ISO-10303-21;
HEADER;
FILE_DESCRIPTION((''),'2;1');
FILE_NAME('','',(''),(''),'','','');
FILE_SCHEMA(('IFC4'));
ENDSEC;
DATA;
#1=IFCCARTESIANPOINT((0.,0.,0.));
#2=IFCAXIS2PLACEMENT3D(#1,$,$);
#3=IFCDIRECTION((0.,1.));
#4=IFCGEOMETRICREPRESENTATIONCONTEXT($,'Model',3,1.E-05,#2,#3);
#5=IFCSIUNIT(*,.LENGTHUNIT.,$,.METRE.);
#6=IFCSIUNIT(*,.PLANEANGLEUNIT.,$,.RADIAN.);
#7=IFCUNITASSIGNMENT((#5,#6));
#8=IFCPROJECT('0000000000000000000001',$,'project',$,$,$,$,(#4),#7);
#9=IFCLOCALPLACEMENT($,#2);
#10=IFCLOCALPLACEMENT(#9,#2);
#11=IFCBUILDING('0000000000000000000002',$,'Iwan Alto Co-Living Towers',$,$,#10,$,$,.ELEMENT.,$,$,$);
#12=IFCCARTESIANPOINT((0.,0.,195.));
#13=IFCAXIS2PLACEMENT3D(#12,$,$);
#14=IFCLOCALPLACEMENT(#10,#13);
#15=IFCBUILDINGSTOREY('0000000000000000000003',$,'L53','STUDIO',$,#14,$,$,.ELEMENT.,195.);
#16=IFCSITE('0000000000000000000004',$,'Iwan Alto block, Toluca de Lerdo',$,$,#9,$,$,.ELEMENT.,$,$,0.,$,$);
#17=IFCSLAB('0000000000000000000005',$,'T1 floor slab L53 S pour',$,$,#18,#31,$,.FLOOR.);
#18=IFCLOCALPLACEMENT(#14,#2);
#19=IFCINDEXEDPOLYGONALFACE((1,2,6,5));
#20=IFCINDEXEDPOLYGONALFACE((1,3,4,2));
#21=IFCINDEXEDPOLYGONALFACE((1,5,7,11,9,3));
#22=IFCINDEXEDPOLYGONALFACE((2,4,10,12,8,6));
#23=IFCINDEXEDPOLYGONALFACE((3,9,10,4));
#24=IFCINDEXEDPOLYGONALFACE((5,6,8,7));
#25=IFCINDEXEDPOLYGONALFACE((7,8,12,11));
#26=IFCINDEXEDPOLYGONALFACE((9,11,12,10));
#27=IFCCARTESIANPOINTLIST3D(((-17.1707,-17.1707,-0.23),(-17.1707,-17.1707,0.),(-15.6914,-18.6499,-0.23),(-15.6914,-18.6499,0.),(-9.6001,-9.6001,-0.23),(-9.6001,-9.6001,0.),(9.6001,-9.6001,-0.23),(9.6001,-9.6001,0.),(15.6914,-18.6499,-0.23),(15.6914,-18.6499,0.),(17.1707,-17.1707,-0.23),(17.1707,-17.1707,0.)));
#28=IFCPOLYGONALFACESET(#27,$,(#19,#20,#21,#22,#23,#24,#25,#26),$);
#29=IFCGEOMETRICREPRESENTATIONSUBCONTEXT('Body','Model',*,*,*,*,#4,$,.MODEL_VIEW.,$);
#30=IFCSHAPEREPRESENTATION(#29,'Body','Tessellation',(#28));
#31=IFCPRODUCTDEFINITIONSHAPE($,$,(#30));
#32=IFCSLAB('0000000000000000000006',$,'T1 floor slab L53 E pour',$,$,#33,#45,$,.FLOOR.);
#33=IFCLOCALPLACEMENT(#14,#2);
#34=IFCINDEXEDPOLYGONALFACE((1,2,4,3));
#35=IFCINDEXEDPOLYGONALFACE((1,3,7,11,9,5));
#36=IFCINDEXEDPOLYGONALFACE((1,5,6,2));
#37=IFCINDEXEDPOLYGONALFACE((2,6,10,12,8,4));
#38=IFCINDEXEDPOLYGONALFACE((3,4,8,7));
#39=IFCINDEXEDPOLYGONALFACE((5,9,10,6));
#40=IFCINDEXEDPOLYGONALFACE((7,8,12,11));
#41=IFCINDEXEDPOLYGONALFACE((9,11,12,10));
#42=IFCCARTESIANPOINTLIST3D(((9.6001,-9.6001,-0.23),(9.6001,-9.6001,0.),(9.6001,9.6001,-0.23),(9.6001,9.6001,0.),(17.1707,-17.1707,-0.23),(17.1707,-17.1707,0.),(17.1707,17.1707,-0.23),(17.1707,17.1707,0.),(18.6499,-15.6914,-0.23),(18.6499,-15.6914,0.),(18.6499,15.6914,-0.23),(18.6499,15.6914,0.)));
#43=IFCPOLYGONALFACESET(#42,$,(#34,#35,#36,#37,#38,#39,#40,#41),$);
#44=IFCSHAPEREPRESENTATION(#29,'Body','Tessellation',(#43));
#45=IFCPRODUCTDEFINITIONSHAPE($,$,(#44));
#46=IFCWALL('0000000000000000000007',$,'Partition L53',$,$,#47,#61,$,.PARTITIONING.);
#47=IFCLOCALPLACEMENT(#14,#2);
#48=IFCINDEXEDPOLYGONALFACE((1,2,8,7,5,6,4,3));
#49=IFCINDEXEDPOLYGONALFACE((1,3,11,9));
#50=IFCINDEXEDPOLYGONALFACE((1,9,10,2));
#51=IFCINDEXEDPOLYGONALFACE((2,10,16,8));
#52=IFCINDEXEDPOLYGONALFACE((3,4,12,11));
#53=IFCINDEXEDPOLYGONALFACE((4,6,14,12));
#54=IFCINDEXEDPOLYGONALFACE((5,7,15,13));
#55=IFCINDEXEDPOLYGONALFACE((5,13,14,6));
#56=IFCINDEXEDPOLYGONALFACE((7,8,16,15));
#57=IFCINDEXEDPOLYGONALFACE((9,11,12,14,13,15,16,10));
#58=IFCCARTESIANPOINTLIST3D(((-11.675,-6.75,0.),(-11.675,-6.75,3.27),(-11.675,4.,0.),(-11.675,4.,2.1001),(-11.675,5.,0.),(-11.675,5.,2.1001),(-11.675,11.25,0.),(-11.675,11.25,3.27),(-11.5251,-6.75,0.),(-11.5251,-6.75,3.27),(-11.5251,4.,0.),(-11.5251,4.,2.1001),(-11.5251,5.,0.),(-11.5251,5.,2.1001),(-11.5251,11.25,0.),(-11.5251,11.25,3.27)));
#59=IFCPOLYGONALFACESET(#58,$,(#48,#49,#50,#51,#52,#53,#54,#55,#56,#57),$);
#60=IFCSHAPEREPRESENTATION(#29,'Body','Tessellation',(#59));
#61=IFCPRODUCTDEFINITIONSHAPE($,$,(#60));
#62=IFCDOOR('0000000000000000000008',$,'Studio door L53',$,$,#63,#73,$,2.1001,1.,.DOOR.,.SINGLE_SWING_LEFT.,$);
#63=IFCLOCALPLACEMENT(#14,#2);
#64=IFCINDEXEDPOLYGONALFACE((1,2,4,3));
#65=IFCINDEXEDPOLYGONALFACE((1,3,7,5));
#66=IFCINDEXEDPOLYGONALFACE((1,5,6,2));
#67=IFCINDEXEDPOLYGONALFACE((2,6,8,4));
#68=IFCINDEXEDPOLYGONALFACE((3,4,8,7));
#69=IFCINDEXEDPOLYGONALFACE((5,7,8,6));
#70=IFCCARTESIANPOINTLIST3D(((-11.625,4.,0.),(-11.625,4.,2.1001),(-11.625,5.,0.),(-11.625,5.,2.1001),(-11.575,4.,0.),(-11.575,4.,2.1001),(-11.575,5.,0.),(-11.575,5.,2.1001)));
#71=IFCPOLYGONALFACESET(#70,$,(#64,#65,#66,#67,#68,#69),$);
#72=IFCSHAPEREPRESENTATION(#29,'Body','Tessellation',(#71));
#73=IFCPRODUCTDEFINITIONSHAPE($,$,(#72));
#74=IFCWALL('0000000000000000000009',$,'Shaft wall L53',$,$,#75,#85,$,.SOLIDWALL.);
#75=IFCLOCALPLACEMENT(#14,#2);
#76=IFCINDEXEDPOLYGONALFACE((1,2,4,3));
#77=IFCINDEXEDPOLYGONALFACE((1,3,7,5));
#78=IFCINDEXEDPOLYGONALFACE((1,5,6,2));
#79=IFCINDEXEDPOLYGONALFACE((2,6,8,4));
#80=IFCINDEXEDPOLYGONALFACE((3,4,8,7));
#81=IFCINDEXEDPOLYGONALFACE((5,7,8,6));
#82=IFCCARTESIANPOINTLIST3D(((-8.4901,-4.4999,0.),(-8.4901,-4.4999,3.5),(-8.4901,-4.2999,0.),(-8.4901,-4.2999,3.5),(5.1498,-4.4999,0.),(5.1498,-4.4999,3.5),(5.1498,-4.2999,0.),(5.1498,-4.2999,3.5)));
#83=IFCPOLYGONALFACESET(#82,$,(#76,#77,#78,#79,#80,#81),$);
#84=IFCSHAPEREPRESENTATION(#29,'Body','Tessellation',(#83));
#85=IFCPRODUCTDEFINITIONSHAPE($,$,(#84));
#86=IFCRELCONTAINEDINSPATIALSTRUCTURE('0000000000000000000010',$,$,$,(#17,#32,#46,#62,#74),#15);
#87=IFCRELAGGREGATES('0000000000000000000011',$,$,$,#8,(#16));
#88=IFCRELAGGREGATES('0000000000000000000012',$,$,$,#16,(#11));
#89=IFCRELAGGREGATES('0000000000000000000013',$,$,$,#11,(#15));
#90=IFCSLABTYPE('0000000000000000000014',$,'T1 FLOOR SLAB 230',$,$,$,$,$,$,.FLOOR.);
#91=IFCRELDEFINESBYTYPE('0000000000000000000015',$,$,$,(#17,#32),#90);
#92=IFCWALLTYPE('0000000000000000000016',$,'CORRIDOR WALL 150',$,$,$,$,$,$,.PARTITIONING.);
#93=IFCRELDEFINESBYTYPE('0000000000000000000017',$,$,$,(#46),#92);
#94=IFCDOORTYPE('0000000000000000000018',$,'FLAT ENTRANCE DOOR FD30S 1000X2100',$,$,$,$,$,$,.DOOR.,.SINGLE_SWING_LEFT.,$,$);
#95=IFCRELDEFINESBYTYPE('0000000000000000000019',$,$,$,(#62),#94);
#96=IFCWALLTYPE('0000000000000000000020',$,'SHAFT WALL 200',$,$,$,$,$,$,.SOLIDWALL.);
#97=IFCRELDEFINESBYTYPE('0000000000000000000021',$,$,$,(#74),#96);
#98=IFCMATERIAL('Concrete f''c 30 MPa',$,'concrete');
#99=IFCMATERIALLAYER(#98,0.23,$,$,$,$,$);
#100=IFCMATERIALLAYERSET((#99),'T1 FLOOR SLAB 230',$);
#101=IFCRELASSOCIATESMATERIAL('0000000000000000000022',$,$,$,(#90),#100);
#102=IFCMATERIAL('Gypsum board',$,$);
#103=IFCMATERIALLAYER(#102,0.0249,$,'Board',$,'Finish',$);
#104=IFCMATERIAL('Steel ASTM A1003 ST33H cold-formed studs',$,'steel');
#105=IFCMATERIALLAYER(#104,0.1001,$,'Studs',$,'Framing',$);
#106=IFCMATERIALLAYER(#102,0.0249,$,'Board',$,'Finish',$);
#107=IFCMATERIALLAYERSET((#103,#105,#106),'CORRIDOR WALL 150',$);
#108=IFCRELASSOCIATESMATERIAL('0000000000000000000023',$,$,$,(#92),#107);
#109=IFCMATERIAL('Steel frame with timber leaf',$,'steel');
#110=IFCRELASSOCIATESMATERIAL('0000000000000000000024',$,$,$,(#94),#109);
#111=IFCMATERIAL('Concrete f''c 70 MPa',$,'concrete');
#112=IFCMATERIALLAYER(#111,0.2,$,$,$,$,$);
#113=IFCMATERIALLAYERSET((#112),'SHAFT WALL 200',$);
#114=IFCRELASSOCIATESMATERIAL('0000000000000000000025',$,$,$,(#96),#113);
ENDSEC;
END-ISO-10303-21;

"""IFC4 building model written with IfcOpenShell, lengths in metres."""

from ifc_helpers import new_model, si_unit, direction, frame, frame_2d, origin, place, context, subcontext, project, spatial, polyline, rectangle, outline, extrude, material, layer, layer_set, type_object, element, fill, save


model = new_model("IFC4")

# Units and contexts
model_context = context("Model", 3, precision=1e-05, world=origin(), true_north=direction((0.0, 1.0)))
body_context = subcontext(model_context, "Body", "Model", "MODEL_VIEW")
ifc_project = project(units=[si_unit("LENGTHUNIT", "METRE"), si_unit("PLANEANGLEUNIT", "RADIAN")], contexts=[model_context])

# Site, building, storey
site_placement = place(None, origin())
site = spatial("IfcSite", under=ifc_project, at=site_placement, Name="Iwan Alto block, Toluca de Lerdo", CompositionType="ELEMENT", RefElevation=0.0)
building_placement = place(site_placement, origin())
building = spatial("IfcBuilding", under=site, at=building_placement, Name="Iwan Alto Co-Living Towers", CompositionType="ELEMENT")
storey_placement = place(building_placement, frame((0.0, 0.0, 195.0)))
storey = spatial("IfcBuildingStorey", under=building, at=storey_placement, Name="L53", Description="STUDIO", CompositionType="ELEMENT", Elevation=195.0)

# Slabs
ifc_material_1 = material(Name="Concrete f'c 30 MPa", Category="concrete")
ifc_layer_1 = layer(ifc_material_1, 0.23)
ifc_layer_set_1 = layer_set([ifc_layer_1], Name="T1 FLOOR SLAB 230")
slab_type = type_object("IfcSlabType", Name="T1 FLOOR SLAB 230", PredefinedType="FLOOR", material=ifc_layer_set_1)
slab_1_placement = place(storey_placement, frame((0.0, 0.0, -0.23)))
element("IfcSlab", 1, at=slab_1_placement, inside=storey, type_object=slab_type, Name="T1 floor slab L53 S pour", PredefinedType="FLOOR", context=body_context, shape_type="SweptSolid", body=[
    extrude(outline(polyline([(15.6914, -18.6499), (-15.6914, -18.6499), (-17.1707, -17.1707), (-9.6001, -9.6001), (9.6001, -9.6001), (17.1707, -17.1707), (15.6914, -18.6499)])), origin(), (0.0, 0.0, 1.0), 0.23),
])
slab_2_placement = place(storey_placement, frame((0.0, 0.0, -0.23)))
element("IfcSlab", 2, at=slab_2_placement, inside=storey, type_object=slab_type, Name="T1 floor slab L53 E pour", PredefinedType="FLOOR", context=body_context, shape_type="SweptSolid", body=[
    extrude(outline(polyline([(18.6499, 15.6914), (18.6499, -15.6914), (17.1707, -17.1707), (9.6001, -9.6001), (9.6001, 9.6001), (17.1707, 17.1707), (18.6499, 15.6914)])), origin(), (0.0, 0.0, 1.0), 0.23),
])

# Wall, opening, door
ifc_material_2 = material(Name="Gypsum board")
ifc_layer_2 = layer(ifc_material_2, 0.0249, Name="Board", Category="Finish")
ifc_material_3 = material(Name="Steel ASTM A1003 ST33H cold-formed studs", Category="steel")
ifc_layer_3 = layer(ifc_material_3, 0.1001, Name="Studs", Category="Framing")
ifc_layer_4 = layer(ifc_material_2, 0.0249, Name="Board", Category="Finish")
ifc_layer_set_2 = layer_set([ifc_layer_2, ifc_layer_3, ifc_layer_4], Name="CORRIDOR WALL 150")
wall_type_1 = type_object("IfcWallType", Name="CORRIDOR WALL 150", PredefinedType="PARTITIONING", material=ifc_layer_set_2)
wall_1_placement = place(storey_placement, frame((-11.6001, -6.75, 0.0), z_axis=(0.0, 0.0, 1.0), x_axis=(0.0, 1.0, 0.0)))
wall_1 = element("IfcWall", 3, at=wall_1_placement, inside=storey, type_object=wall_type_1, Name="Partition L53", PredefinedType="PARTITIONING", context=body_context, shape_type="SweptSolid", body=[
    extrude(rectangle(XDim=18.0, YDim=0.1499, at=frame_2d((9.0, 0.0))), origin(), (0.0, 0.0, 1.0), 3.27),
])
opening_1_placement = place(wall_1_placement, frame((10.75, 0.0, 0.0)))
opening_1 = element("IfcOpeningElement", 4, at=opening_1_placement, cuts=wall_1, PredefinedType="OPENING", context=body_context, shape_type="SweptSolid", body=[
    extrude(rectangle(XDim=1.0, YDim=2.1001, at=frame_2d((0.5, 1.05))), frame((0.0, 0.085, 0.0), z_axis=(0.0, -1.0, 0.0), x_axis=(1.0, 0.0, 0.0)), (0.0, 0.0, 1.0), 0.1699),
])
ifc_material_4 = material(Name="Steel frame with timber leaf", Category="steel")
door_type_1 = type_object("IfcDoorType", Name="FLAT ENTRANCE DOOR FD30S 1000X2100", OperationType="SINGLE_SWING_LEFT", PredefinedType="DOOR", material=ifc_material_4)
door_1_placement = place(opening_1_placement, origin())
door_1 = element("IfcDoor", 5, at=door_1_placement, inside=storey, type_object=door_type_1, Name="Studio door L53", OperationType="SINGLE_SWING_LEFT", OverallHeight=2.1001, OverallWidth=1.0, PredefinedType="DOOR", context=body_context, shape_type="SweptSolid", body=[
    extrude(rectangle(XDim=1.0, YDim=2.1001, at=frame_2d((0.5, 1.05))), frame((0.0, 0.0249, 0.0), z_axis=(0.0, -1.0, 0.0), x_axis=(1.0, 0.0, 0.0)), (0.0, 0.0, 1.0), 0.05),
])
fill(opening_1, door_1)

# Wall
ifc_material_5 = material(Name="Concrete f'c 70 MPa", Category="concrete")
ifc_layer_5 = layer(ifc_material_5, 0.2)
ifc_layer_set_3 = layer_set([ifc_layer_5], Name="SHAFT WALL 200")
wall_type_2 = type_object("IfcWallType", Name="SHAFT WALL 200", PredefinedType="SOLIDWALL", material=ifc_layer_set_3)
wall_2_placement = place(storey_placement, frame((-8.49, -4.3999, 0.0), z_axis=(0.0, 0.0, 1.0), x_axis=(1.0, 0.0, 0.0)))
element("IfcWall", 6, at=wall_2_placement, inside=storey, type_object=wall_type_2, Name="Shaft wall L53", PredefinedType="SOLIDWALL", context=body_context, shape_type="SweptSolid", body=[
    extrude(rectangle(XDim=13.6399, YDim=0.2, at=frame_2d((6.8198, 0.0))), origin(), (0.0, 0.0, 1.0), 3.5),
])

save(model, "model.ifc")
